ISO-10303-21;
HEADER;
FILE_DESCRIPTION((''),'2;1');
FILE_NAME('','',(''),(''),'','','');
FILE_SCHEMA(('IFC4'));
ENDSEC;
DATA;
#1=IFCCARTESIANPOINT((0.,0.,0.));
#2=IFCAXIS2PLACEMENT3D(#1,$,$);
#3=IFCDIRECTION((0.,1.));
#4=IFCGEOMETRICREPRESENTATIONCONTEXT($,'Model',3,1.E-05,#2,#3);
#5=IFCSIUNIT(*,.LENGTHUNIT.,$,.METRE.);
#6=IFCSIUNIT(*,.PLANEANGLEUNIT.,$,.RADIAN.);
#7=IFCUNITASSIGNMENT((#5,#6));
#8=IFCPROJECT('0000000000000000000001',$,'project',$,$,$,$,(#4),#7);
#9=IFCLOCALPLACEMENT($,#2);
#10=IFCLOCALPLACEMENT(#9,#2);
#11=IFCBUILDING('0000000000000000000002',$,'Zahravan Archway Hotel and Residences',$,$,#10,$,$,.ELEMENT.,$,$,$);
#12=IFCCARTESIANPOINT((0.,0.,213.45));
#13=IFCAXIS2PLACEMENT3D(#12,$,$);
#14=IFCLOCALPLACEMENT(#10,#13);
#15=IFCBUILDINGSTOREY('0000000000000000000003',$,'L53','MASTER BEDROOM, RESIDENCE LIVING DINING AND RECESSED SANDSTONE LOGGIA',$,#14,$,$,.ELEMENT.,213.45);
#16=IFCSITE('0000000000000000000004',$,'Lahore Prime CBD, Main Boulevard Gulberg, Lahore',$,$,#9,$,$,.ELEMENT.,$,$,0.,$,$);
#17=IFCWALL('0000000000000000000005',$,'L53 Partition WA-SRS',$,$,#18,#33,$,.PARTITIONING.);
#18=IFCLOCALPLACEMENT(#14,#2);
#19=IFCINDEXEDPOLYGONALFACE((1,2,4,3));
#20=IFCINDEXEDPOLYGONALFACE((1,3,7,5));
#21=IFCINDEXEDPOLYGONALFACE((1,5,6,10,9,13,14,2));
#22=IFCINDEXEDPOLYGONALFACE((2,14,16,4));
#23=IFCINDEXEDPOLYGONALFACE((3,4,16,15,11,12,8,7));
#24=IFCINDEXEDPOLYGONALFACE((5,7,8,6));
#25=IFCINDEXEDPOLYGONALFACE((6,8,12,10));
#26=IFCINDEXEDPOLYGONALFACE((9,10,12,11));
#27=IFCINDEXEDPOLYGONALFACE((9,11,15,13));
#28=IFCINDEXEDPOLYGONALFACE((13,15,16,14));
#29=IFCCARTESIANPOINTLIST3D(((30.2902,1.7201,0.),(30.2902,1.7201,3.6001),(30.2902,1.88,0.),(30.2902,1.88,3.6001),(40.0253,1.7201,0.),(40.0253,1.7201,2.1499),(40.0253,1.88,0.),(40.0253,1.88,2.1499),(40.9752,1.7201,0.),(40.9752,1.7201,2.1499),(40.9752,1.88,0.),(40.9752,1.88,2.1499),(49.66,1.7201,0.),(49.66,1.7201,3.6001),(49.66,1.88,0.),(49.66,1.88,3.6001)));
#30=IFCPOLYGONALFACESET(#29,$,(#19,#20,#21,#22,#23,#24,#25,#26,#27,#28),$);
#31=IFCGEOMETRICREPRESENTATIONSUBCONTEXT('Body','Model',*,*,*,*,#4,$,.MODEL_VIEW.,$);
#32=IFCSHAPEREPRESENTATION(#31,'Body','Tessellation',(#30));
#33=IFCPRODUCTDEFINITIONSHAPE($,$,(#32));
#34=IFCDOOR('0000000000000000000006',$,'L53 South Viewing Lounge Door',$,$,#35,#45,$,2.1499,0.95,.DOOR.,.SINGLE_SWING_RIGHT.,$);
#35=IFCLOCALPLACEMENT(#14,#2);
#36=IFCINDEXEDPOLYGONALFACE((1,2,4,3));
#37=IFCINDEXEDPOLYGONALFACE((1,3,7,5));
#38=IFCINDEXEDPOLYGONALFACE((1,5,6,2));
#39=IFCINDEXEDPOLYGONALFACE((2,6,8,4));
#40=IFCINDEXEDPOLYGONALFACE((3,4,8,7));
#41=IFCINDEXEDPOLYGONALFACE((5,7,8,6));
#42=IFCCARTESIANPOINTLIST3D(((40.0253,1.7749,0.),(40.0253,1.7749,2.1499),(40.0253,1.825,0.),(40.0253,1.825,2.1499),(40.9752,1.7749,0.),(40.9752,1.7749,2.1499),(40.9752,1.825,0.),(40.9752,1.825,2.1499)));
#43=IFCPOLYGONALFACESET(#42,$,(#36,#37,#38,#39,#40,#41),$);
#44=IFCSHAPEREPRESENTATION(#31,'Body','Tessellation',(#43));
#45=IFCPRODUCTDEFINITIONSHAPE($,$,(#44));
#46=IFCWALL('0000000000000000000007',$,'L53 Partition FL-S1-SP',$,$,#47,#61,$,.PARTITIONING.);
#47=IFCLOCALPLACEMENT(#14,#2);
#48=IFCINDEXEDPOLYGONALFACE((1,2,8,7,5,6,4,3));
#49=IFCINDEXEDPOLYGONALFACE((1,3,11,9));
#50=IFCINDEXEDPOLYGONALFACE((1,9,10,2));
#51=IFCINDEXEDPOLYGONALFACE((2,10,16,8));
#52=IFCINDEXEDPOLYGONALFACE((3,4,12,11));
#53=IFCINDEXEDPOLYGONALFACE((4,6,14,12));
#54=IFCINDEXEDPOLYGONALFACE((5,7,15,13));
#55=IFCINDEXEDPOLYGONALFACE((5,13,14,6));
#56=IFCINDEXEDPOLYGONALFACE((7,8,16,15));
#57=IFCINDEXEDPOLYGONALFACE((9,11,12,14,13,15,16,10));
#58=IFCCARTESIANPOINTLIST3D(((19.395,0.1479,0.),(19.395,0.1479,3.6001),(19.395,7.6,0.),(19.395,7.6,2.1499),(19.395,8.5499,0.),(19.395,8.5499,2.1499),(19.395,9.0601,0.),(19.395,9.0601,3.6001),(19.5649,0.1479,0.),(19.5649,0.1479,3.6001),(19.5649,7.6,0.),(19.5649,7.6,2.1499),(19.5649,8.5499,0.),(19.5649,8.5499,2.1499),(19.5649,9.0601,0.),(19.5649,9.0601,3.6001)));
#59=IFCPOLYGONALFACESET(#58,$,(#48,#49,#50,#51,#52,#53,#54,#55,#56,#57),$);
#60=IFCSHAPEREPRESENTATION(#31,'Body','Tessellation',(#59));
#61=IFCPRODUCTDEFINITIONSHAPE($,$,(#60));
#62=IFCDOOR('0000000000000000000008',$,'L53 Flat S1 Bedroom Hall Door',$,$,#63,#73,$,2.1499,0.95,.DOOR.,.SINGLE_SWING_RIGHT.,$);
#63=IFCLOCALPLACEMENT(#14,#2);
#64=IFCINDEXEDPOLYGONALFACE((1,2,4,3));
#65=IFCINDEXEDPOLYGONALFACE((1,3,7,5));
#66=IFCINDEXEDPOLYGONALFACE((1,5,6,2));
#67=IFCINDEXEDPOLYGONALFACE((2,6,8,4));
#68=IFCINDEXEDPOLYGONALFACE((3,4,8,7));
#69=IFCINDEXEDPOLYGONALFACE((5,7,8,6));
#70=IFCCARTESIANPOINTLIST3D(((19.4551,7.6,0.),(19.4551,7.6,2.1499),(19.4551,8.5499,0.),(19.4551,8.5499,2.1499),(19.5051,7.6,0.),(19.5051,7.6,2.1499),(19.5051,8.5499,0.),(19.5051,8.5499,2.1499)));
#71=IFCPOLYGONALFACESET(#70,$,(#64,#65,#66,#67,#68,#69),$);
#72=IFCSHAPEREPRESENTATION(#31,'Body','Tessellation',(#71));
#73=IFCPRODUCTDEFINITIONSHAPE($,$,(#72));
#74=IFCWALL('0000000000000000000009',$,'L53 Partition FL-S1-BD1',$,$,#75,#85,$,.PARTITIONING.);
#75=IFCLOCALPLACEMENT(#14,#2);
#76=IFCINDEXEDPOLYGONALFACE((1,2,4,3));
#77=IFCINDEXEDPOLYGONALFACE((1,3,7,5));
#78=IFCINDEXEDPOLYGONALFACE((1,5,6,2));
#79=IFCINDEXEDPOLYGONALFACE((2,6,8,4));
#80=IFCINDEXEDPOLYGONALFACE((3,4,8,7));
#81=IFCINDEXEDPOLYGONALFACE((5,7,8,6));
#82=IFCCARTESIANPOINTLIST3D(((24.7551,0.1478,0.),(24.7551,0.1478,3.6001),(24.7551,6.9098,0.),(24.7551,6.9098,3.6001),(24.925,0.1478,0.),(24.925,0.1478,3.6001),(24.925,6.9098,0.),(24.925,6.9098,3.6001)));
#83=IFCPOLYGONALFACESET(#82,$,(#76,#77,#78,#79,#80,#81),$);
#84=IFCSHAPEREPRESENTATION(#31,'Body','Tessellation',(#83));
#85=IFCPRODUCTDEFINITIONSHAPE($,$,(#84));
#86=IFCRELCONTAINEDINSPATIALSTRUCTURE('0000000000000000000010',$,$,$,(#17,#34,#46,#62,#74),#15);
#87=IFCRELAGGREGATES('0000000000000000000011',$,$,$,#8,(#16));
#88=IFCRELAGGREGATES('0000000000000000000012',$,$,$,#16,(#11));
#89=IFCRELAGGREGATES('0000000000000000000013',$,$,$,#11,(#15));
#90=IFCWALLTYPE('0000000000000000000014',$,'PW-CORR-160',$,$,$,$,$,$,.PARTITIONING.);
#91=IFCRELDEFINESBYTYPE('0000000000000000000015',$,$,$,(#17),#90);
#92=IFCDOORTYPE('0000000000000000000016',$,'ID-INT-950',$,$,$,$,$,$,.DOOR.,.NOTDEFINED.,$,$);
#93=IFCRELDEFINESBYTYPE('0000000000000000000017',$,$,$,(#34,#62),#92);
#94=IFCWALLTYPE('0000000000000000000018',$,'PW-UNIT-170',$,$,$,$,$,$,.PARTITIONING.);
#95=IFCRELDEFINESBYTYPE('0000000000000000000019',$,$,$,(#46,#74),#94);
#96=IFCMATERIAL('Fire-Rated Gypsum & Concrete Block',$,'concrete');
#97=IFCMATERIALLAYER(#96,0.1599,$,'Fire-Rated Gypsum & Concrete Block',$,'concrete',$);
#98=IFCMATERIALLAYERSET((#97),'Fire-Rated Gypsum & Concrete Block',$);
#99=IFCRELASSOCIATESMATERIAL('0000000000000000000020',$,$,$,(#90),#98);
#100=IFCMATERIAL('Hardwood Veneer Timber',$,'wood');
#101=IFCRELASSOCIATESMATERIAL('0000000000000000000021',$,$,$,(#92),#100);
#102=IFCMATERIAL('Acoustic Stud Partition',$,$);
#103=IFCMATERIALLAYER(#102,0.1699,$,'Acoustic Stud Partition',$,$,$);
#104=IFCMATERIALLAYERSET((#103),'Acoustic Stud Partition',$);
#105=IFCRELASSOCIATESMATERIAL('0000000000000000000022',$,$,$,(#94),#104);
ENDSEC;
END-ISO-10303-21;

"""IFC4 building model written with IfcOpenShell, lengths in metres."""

from ifc_helpers import new_model, si_unit, direction, frame, frame_2d, origin, place, context, subcontext, project, spatial, rectangle, extrude, source, transform, mapped, material, layer, layer_set, type_object, type_shapes, element, fill, save


model = new_model("IFC4")

# Units and contexts
model_context = context("Model", 3, precision=1e-05, world=origin(), true_north=direction((0.0, 1.0)))
body_context = subcontext(model_context, "Body", "Model", "MODEL_VIEW")
ifc_project = project(units=[si_unit("LENGTHUNIT", "METRE"), si_unit("PLANEANGLEUNIT", "RADIAN")], contexts=[model_context])

# Site, building, storey
site_placement = place(None, origin())
site = spatial("IfcSite", under=ifc_project, at=site_placement, Name="Lahore Prime CBD, Main Boulevard Gulberg, Lahore", CompositionType="ELEMENT", RefElevation=0.0)
building_placement = place(site_placement, origin())
building = spatial("IfcBuilding", under=site, at=building_placement, Name="Zahravan Archway Hotel and Residences", CompositionType="ELEMENT")
storey_placement = place(building_placement, frame((0.0, 0.0, 213.45)))
storey = spatial("IfcBuildingStorey", under=building, at=storey_placement, Name="L53", Description="MASTER BEDROOM, RESIDENCE LIVING DINING AND RECESSED SANDSTONE LOGGIA", CompositionType="ELEMENT", Elevation=213.45)

# Walls, openings, doors
ifc_material_1 = material(Name="Fire-Rated Gypsum & Concrete Block", Category="concrete")
ifc_layer_1 = layer(ifc_material_1, 0.1599, Name="Fire-Rated Gypsum & Concrete Block", Category="concrete")
ifc_layer_set_1 = layer_set([ifc_layer_1], Name="Fire-Rated Gypsum & Concrete Block")
wall_type_1 = type_object("IfcWallType", Name="PW-CORR-160", PredefinedType="PARTITIONING", material=ifc_layer_set_1)
wall_1_placement = place(storey_placement, frame((30.29, 1.8, 0.0), z_axis=(0.0, 0.0, 1.0), x_axis=(1.0, 0.0, 0.0)))
wall_1 = element("IfcWall", 1, at=wall_1_placement, inside=storey, type_object=wall_type_1, Name="L53 Partition WA-SRS", PredefinedType="PARTITIONING", context=body_context, shape_type="SweptSolid", body=[
    extrude(rectangle(XDim=19.3699, YDim=0.1599, at=frame_2d((9.6851, 0.0))), origin(), (0.0, 0.0, 1.0), 3.6001),
])
opening_1_placement = place(wall_1_placement, frame((9.7351, 0.0, 0.0)))
opening_1 = element("IfcOpeningElement", 2, at=opening_1_placement, cuts=wall_1, PredefinedType="OPENING", context=body_context, shape_type="SweptSolid", body=[
    extrude(rectangle(XDim=0.95, YDim=2.1499, at=frame_2d((0.4751, 1.075))), frame((0.0, 0.0898, 0.0), z_axis=(0.0, -1.0, 0.0), x_axis=(1.0, 0.0, 0.0)), (0.0, 0.0, 1.0), 0.1799),
])
ifc_material_2 = material(Name="Hardwood Veneer Timber", Category="wood")
door_type_1 = type_object("IfcDoorType", Name="ID-INT-950", OperationType="NOTDEFINED", PredefinedType="DOOR", material=ifc_material_2)
shared_shape_1 = source(origin(), body_context, "Body", "SweptSolid", [
    extrude(rectangle(XDim=0.95, YDim=2.1499, at=frame_2d((0.4751, 1.075))), frame((0.0, 0.0249, 0.0), z_axis=(0.0, -1.0, 0.0), x_axis=(1.0, 0.0, 0.0)), (0.0, 0.0, 1.0), 0.05),
])
type_shapes(door_type_1, [shared_shape_1])
door_1_placement = place(opening_1_placement, origin())
door_1 = element("IfcDoor", 3, at=door_1_placement, inside=storey, type_object=door_type_1, Name="L53 South Viewing Lounge Door", OperationType="SINGLE_SWING_RIGHT", OverallHeight=2.1499, OverallWidth=0.95, PredefinedType="DOOR", context=body_context, shape_type="MappedRepresentation", body=[
    mapped(shared_shape_1, transform((0.0, 0.0, 0.0), scale=1.0)),
])
fill(opening_1, door_1)
ifc_material_3 = material(Name="Acoustic Stud Partition")
ifc_layer_2 = layer(ifc_material_3, 0.1699, Name="Acoustic Stud Partition")
ifc_layer_set_2 = layer_set([ifc_layer_2], Name="Acoustic Stud Partition")
wall_type_2 = type_object("IfcWallType", Name="PW-UNIT-170", PredefinedType="PARTITIONING", material=ifc_layer_set_2)
wall_2_placement = place(storey_placement, frame((19.48, 0.1479, 0.0), z_axis=(0.0, 0.0, 1.0), x_axis=(0.0, 1.0, 0.0)))
wall_2 = element("IfcWall", 4, at=wall_2_placement, inside=storey, type_object=wall_type_2, Name="L53 Partition FL-S1-SP", PredefinedType="PARTITIONING", context=body_context, shape_type="SweptSolid", body=[
    extrude(rectangle(XDim=8.9121, YDim=0.1699, at=frame_2d((4.4561, 0.0))), origin(), (0.0, 0.0, 1.0), 3.6001),
])
opening_2_placement = place(wall_2_placement, frame((7.4519, 0.0, 0.0)))
opening_2 = element("IfcOpeningElement", 5, at=opening_2_placement, cuts=wall_2, PredefinedType="OPENING", context=body_context, shape_type="SweptSolid", body=[
    extrude(rectangle(XDim=0.95, YDim=2.1499, at=frame_2d((0.4751, 1.075))), frame((0.0, 0.095, 0.0), z_axis=(0.0, -1.0, 0.0), x_axis=(1.0, 0.0, 0.0)), (0.0, 0.0, 1.0), 0.1899),
])
door_2_placement = place(opening_2_placement, origin())
door_2 = element("IfcDoor", 6, at=door_2_placement, inside=storey, type_object=door_type_1, Name="L53 Flat S1 Bedroom Hall Door", OperationType="SINGLE_SWING_RIGHT", OverallHeight=2.1499, OverallWidth=0.95, PredefinedType="DOOR", context=body_context, shape_type="MappedRepresentation", body=[
    mapped(shared_shape_1, transform((0.0, 0.0, 0.0), scale=1.0)),
])
fill(opening_2, door_2)

# Wall
wall_3_placement = place(storey_placement, frame((24.8401, 0.1479, 0.0), z_axis=(0.0, 0.0, 1.0), x_axis=(0.0, 1.0, 0.0)))
element("IfcWall", 7, at=wall_3_placement, inside=storey, type_object=wall_type_2, Name="L53 Partition FL-S1-BD1", PredefinedType="PARTITIONING", context=body_context, shape_type="SweptSolid", body=[
    extrude(rectangle(XDim=6.762, YDim=0.1699, at=frame_2d((3.3809, 0.0))), origin(), (0.0, 0.0, 1.0), 3.6001),
])

save(model, "model.ifc")
